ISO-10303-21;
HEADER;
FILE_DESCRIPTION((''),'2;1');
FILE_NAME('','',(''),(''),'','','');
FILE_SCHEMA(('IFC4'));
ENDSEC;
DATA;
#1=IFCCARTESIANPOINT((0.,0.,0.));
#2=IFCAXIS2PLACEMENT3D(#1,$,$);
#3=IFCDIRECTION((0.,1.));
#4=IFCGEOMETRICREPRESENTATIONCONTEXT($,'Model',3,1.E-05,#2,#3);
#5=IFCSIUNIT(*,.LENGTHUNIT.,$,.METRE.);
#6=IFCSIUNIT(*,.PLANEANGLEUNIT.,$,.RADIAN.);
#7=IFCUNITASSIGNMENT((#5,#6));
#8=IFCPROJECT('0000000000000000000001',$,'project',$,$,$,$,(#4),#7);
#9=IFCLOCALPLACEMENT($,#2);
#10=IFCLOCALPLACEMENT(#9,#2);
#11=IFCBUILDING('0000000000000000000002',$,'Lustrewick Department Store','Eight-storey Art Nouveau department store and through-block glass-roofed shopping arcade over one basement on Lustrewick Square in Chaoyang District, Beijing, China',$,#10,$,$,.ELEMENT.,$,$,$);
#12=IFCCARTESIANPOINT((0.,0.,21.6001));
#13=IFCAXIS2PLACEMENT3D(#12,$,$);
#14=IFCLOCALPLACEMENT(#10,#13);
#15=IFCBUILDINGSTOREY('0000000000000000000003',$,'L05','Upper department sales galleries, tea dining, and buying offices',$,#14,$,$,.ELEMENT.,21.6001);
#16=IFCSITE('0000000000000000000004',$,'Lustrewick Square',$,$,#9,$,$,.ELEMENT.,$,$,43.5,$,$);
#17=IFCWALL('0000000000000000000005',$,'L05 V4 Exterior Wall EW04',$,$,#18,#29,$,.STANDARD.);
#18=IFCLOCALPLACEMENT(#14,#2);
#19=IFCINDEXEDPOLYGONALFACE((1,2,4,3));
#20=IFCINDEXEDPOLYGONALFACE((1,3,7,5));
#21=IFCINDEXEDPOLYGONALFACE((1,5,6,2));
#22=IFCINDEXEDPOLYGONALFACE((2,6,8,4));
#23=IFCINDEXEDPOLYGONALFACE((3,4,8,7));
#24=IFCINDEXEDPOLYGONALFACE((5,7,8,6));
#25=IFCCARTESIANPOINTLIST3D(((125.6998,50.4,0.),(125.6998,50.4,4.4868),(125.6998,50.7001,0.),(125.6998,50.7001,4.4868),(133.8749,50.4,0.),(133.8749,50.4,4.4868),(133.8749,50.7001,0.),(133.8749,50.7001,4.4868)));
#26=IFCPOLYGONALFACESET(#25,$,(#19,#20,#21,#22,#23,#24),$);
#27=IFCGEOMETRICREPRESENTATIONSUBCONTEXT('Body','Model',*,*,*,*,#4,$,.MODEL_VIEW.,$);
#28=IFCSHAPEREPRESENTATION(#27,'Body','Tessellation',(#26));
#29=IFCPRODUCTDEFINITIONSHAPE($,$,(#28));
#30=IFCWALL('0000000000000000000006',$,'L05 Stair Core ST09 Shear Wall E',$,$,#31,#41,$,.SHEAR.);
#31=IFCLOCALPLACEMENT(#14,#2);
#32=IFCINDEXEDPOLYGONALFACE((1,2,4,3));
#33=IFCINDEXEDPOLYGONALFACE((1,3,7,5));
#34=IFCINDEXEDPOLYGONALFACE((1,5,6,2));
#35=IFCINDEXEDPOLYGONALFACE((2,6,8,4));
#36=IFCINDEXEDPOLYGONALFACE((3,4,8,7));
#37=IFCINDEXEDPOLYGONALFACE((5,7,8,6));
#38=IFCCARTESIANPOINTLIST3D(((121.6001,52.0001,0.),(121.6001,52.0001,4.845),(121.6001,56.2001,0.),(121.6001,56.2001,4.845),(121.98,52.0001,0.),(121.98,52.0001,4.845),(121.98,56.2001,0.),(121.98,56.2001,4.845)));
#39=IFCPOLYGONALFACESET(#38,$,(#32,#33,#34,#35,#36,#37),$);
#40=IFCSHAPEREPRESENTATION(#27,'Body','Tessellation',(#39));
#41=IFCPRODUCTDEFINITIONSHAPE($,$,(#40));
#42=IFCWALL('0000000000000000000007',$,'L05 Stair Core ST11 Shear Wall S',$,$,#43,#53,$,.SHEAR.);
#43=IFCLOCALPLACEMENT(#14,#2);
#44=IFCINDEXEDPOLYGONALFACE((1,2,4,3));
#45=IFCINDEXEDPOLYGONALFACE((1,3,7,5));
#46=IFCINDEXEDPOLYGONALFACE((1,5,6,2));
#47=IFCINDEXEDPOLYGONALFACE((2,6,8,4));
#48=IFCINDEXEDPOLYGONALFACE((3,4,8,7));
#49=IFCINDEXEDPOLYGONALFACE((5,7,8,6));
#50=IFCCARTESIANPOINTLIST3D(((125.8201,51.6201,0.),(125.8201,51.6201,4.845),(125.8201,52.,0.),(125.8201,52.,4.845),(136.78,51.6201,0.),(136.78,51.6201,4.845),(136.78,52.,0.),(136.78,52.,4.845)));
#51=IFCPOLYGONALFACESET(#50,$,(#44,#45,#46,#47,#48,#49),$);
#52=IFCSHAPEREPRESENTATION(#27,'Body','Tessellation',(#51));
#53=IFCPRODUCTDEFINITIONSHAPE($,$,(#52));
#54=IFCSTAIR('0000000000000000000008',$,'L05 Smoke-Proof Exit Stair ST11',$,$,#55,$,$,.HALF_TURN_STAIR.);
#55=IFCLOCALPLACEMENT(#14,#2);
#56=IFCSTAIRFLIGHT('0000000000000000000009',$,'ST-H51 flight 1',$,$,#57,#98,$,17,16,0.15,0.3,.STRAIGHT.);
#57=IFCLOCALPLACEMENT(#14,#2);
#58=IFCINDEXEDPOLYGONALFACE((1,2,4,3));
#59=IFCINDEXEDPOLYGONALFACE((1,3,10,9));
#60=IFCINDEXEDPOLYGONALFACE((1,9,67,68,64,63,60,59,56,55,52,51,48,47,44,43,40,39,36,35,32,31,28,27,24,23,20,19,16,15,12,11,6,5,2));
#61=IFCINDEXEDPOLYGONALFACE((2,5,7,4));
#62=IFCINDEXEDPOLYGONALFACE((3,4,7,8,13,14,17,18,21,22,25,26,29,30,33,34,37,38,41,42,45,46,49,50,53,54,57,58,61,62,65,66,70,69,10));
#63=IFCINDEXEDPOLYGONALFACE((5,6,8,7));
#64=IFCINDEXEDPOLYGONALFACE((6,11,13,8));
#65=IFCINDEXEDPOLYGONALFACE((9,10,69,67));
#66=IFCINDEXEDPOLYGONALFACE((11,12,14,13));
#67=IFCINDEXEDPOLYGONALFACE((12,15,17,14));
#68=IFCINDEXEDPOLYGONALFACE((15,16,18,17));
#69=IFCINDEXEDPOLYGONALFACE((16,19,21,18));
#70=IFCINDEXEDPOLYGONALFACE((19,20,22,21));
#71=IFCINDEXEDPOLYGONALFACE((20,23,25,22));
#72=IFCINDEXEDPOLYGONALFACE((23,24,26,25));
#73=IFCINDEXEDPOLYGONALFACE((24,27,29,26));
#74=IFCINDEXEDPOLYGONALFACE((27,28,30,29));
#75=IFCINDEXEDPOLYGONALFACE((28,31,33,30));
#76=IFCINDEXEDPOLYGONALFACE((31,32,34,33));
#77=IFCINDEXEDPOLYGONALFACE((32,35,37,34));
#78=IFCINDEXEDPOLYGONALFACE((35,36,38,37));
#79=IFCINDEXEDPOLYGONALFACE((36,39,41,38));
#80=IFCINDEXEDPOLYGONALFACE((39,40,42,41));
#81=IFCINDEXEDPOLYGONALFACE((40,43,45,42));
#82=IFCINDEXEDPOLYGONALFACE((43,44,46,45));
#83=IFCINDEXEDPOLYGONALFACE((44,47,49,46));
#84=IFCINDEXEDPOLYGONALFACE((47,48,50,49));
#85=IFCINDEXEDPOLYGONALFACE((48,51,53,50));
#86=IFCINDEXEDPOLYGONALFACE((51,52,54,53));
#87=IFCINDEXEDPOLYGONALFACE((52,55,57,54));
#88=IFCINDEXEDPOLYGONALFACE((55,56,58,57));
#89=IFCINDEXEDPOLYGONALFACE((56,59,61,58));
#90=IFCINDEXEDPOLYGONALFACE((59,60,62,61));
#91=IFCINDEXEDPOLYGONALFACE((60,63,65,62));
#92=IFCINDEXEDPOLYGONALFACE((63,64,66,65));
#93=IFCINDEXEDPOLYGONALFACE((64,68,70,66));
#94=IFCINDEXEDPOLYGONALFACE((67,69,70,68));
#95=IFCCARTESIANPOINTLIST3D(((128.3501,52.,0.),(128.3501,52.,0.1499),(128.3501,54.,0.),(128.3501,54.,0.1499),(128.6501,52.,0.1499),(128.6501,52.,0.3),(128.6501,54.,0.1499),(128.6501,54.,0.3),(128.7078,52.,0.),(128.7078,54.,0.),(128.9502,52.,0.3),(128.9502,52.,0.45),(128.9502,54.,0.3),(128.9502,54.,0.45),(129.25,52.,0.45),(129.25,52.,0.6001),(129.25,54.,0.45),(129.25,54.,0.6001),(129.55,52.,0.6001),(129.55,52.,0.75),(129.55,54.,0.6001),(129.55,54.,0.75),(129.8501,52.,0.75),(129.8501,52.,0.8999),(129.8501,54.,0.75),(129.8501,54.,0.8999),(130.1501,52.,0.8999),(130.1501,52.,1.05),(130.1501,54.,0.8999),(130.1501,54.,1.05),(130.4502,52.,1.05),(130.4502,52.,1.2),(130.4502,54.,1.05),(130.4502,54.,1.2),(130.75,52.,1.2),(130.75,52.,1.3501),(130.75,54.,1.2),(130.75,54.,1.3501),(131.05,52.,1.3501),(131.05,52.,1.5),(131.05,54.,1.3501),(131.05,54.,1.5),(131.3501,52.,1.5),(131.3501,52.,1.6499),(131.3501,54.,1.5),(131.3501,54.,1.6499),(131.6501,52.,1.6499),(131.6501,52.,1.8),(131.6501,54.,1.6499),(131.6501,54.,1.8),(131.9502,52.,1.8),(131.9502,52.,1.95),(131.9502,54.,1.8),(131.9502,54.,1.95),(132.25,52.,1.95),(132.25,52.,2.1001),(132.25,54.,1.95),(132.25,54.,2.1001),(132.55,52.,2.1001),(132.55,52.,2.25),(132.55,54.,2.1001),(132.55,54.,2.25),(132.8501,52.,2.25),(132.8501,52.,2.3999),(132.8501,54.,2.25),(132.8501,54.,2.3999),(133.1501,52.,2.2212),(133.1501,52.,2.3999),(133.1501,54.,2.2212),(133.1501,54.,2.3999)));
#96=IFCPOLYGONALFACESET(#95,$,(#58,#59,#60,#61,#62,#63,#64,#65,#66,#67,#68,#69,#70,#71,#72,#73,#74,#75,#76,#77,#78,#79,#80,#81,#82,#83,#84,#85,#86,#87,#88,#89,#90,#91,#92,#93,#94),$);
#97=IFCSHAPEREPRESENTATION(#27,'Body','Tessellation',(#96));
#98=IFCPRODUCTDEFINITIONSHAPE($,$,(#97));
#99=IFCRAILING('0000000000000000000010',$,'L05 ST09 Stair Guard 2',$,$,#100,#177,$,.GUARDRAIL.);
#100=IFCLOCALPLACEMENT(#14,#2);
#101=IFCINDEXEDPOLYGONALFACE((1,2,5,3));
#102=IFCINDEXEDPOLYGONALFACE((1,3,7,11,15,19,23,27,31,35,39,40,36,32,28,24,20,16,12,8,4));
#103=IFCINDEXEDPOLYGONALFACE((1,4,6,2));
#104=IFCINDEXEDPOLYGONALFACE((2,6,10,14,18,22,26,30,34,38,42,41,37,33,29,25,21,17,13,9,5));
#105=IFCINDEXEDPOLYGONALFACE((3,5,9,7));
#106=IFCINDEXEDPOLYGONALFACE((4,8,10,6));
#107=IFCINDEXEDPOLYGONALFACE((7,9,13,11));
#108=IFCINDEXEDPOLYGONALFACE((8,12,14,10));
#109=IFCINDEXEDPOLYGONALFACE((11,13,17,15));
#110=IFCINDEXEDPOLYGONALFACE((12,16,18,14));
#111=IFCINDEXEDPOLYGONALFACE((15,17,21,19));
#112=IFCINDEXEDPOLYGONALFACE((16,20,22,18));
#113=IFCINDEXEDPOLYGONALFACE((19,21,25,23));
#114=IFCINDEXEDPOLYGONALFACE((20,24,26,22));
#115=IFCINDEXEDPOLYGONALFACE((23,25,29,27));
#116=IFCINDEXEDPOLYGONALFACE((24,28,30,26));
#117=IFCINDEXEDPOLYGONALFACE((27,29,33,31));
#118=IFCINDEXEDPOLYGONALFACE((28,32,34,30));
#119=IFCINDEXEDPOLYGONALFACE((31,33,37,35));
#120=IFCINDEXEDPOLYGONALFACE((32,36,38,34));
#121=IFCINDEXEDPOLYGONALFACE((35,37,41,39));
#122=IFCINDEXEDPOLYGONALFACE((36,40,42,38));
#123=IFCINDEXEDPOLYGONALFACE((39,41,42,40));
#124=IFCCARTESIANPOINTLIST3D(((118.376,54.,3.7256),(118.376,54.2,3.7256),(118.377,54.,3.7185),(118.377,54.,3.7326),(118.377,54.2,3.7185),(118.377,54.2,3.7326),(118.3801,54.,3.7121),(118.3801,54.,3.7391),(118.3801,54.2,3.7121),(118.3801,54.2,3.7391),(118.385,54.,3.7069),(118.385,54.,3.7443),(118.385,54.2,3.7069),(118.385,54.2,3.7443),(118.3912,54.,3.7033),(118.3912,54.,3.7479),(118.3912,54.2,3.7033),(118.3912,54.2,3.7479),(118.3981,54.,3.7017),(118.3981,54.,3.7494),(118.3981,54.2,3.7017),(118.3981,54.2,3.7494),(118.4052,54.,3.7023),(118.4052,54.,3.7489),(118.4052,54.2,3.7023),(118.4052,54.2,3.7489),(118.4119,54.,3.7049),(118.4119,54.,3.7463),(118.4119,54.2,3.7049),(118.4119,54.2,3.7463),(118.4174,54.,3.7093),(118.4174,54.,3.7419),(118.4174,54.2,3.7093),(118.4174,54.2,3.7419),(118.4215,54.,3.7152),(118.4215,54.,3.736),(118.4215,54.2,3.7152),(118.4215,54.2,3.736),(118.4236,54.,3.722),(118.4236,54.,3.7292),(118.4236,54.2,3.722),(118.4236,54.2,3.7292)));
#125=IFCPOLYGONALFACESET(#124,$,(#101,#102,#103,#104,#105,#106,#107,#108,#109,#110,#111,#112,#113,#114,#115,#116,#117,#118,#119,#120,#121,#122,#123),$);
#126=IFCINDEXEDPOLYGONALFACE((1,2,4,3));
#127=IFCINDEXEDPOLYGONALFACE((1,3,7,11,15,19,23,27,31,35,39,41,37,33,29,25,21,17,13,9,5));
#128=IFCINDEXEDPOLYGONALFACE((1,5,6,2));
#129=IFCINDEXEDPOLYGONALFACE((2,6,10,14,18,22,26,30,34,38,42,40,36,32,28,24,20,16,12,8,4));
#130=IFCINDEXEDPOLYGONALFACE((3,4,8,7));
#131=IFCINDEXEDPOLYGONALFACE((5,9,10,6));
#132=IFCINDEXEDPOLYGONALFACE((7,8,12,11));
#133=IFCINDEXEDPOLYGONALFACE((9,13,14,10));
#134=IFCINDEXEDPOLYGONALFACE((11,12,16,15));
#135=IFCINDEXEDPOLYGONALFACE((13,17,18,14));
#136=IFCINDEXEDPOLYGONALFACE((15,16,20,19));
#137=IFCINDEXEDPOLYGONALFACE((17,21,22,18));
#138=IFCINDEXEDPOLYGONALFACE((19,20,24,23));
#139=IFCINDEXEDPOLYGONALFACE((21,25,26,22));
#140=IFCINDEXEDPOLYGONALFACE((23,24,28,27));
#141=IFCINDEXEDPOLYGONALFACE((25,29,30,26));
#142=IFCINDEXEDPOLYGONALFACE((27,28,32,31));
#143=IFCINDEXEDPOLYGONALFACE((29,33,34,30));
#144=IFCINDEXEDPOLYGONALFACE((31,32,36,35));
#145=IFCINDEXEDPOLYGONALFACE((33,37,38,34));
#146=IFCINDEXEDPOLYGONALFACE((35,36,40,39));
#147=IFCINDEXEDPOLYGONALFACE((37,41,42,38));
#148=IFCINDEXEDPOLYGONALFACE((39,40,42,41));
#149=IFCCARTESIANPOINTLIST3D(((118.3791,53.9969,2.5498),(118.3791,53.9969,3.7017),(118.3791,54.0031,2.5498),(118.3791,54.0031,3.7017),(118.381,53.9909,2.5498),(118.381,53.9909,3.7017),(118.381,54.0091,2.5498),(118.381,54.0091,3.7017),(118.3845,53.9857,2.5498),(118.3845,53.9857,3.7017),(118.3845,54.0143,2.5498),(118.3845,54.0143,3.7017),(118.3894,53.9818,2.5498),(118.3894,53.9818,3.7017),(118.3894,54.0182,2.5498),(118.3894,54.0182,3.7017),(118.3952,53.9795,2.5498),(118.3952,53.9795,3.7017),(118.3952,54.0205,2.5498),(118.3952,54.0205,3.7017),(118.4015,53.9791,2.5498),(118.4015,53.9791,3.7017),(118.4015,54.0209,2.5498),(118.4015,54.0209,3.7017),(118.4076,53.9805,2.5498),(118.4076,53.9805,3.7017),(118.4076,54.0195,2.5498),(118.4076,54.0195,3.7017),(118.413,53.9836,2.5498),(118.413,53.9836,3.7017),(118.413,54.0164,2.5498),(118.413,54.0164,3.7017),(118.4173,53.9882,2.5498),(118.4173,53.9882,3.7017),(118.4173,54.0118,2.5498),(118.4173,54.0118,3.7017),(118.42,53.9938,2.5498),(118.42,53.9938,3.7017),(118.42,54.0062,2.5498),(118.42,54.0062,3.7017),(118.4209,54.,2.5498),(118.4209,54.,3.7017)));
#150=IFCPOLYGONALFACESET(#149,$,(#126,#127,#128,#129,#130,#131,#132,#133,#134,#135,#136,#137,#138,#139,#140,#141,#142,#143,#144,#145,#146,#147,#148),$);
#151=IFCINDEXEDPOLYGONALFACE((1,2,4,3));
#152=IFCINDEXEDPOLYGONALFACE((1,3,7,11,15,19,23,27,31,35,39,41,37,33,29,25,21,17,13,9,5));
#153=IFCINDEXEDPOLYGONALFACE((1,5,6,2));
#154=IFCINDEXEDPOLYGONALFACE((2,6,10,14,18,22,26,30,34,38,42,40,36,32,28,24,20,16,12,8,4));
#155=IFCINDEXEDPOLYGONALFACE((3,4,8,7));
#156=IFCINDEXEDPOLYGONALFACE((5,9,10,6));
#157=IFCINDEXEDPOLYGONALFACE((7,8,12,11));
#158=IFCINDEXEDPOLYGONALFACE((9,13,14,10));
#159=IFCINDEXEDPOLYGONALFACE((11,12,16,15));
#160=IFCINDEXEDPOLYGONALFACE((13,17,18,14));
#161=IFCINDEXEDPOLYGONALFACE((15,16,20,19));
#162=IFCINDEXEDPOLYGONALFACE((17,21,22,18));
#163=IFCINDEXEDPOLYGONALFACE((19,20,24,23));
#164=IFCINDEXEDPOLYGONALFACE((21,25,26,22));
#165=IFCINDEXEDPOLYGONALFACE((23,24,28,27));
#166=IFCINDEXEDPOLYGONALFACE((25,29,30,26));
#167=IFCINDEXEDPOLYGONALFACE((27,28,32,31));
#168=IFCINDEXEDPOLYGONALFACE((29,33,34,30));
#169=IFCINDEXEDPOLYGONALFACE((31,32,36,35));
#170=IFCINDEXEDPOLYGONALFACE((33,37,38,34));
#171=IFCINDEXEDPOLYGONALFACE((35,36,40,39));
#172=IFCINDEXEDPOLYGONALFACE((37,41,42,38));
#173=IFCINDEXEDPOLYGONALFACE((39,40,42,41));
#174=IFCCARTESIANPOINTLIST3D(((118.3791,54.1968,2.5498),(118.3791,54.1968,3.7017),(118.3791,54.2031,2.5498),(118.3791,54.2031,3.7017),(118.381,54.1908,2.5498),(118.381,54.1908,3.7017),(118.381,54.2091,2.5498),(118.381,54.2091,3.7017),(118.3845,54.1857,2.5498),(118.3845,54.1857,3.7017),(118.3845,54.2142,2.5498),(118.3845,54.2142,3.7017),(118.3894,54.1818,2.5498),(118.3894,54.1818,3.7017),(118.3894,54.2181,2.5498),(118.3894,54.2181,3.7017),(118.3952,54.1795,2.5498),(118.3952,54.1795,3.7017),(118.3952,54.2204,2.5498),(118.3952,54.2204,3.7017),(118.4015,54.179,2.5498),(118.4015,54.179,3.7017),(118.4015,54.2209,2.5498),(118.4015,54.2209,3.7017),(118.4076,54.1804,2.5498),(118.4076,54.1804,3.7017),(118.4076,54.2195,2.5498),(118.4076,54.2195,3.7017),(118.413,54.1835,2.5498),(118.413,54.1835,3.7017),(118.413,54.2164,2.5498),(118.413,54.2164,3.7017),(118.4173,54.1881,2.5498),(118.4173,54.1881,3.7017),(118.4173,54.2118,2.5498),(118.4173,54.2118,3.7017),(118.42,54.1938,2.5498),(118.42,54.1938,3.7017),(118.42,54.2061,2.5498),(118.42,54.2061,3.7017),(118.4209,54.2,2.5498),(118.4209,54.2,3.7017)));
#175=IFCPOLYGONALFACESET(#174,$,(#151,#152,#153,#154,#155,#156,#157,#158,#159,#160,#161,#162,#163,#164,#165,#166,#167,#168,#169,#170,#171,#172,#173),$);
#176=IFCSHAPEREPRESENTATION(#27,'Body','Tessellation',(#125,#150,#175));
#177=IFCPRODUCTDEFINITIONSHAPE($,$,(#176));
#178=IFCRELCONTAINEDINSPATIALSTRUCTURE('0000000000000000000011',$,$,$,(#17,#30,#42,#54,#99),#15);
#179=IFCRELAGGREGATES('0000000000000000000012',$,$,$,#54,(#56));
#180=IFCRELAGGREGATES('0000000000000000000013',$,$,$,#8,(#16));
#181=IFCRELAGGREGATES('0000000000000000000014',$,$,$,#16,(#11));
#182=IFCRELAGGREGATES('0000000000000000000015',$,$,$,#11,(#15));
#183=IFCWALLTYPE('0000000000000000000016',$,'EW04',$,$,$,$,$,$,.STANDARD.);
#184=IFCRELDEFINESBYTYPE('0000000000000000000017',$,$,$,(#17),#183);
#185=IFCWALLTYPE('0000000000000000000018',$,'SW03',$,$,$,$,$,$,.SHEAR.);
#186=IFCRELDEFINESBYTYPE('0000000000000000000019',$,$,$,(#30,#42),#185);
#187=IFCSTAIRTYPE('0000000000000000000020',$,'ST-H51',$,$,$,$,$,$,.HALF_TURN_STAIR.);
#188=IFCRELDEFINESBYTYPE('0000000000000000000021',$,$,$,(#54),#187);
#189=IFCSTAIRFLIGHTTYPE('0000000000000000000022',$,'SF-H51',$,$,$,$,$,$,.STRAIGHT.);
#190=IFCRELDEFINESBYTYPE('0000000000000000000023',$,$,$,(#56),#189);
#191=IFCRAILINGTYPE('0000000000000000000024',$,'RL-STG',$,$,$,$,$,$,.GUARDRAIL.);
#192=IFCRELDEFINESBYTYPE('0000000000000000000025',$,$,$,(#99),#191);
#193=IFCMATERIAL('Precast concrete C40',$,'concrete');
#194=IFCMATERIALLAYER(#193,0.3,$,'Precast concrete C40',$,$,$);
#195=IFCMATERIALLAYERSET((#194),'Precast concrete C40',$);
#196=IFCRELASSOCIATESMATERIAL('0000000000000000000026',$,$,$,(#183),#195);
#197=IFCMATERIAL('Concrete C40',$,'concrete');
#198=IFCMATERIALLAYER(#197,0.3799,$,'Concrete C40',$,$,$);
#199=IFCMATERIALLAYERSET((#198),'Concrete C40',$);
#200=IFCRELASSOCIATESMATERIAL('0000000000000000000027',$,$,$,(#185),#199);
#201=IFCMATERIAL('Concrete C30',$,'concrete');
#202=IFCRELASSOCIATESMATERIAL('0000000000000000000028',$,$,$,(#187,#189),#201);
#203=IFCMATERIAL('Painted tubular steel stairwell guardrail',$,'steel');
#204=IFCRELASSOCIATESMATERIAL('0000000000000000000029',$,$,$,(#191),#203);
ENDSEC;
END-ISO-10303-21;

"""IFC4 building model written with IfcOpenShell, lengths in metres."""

from ifc_helpers import new_model, si_unit, direction, frame, frame_2d, origin, origin_2d, place, context, subcontext, project, spatial, polyline, rectangle, circle, outline, extrude, material, layer, layer_set, type_object, element, aggregate, save


model = new_model("IFC4")

# Units and contexts
model_context = context("Model", 3, precision=1e-05, world=origin(), true_north=direction((0.0, 1.0)))
body_context = subcontext(model_context, "Body", "Model", "MODEL_VIEW")
ifc_project = project(units=[si_unit("LENGTHUNIT", "METRE"), si_unit("PLANEANGLEUNIT", "RADIAN")], contexts=[model_context])

# Site, building, storey
site_placement = place(None, origin())
site = spatial("IfcSite", under=ifc_project, at=site_placement, Name="Lustrewick Square", CompositionType="ELEMENT", RefElevation=43.5)
building_placement = place(site_placement, origin())
building = spatial("IfcBuilding", under=site, at=building_placement, Name="Lustrewick Department Store", Description="Eight-storey Art Nouveau department store and through-block glass-roofed shopping arcade over one basement on Lustrewick Square in Chaoyang District, Beijing, China", CompositionType="ELEMENT")
storey_placement = place(building_placement, frame((0.0, 0.0, 21.6001)))
storey = spatial("IfcBuildingStorey", under=building, at=storey_placement, Name="L05", Description="Upper department sales galleries, tea dining, and buying offices", CompositionType="ELEMENT", Elevation=21.6001)

# Shared definitions
ifc_material_1 = material(Name="Precast concrete C40", Category="concrete")

# Walls
ifc_layer_1 = layer(ifc_material_1, 0.3, Name="Precast concrete C40")
ifc_layer_set_1 = layer_set([ifc_layer_1], Name="Precast concrete C40")
wall_type_1 = type_object("IfcWallType", Name="EW04", PredefinedType="STANDARD", material=ifc_layer_set_1)
wall_1_placement = place(storey_placement, frame((125.7, 50.55, 0.0), z_axis=(0.0, 0.0, 1.0), x_axis=(1.0, 0.0, 0.0)))
element("IfcWall", 1, at=wall_1_placement, inside=storey, type_object=wall_type_1, Name="L05 V4 Exterior Wall EW04", PredefinedType="STANDARD", context=body_context, shape_type="SweptSolid", body=[
    extrude(rectangle(XDim=8.175, YDim=0.3, at=frame_2d((4.0874, 0.0))), origin(), (0.0, 0.0, 1.0), 4.4868),
])
ifc_material_2 = material(Name="Concrete C40", Category="concrete")
ifc_layer_2 = layer(ifc_material_2, 0.3799, Name="Concrete C40")
ifc_layer_set_2 = layer_set([ifc_layer_2], Name="Concrete C40")
wall_type_2 = type_object("IfcWallType", Name="SW03", PredefinedType="SHEAR", material=ifc_layer_set_2)
wall_2_placement = place(storey_placement, frame((121.79, 52.0, 0.0), z_axis=(0.0, 0.0, 1.0), x_axis=(0.0, 1.0, 0.0)))
element("IfcWall", 2, at=wall_2_placement, inside=storey, type_object=wall_type_2, Name="L05 Stair Core ST09 Shear Wall E", PredefinedType="SHEAR", context=body_context, shape_type="SweptSolid", body=[
    extrude(rectangle(XDim=4.2, YDim=0.3799, at=frame_2d((2.1001, 0.0))), origin(), (0.0, 0.0, 1.0), 4.845),
])
wall_3_placement = place(storey_placement, frame((125.8201, 51.8101, 0.0), z_axis=(0.0, 0.0, 1.0), x_axis=(1.0, 0.0, 0.0)))
element("IfcWall", 3, at=wall_3_placement, inside=storey, type_object=wall_type_2, Name="L05 Stair Core ST11 Shear Wall S", PredefinedType="SHEAR", context=body_context, shape_type="SweptSolid", body=[
    extrude(rectangle(XDim=10.96, YDim=0.3799, at=frame_2d((5.48, 0.0))), origin(), (0.0, 0.0, 1.0), 4.845),
])

# Stair, stair flight
ifc_material_3 = material(Name="Concrete C30", Category="concrete")
stair_type = type_object("IfcStairType", Name="ST-H51", PredefinedType="HALF_TURN_STAIR", material=ifc_material_3)
stair_placement = place(storey_placement, origin())
stair = element("IfcStair", 4, at=stair_placement, inside=storey, type_object=stair_type, Name="L05 Smoke-Proof Exit Stair ST11", PredefinedType="HALF_TURN_STAIR")
stair_flight_type = type_object("IfcStairFlightType", Name="SF-H51", PredefinedType="STRAIGHT", material=ifc_material_3)
stair_flight_placement = place(storey_placement, frame((128.3501, 53.0, 0.0), z_axis=(0.0, 0.0, 1.0), x_axis=(1.0, 0.0, 0.0)))
stair_flight = element("IfcStairFlight", 5, at=stair_flight_placement, type_object=stair_flight_type, Name="ST-H51 flight 1", NumberOfRisers=17, NumberOfTreads=16, PredefinedType="STRAIGHT", RiserHeight=0.15, TreadLength=0.3, context=body_context, shape_type="SweptSolid", body=[
    extrude(outline(polyline([(0.0, 0.0), (0.0, 0.1499), (0.3, 0.1499), (0.3, 0.3), (0.6001, 0.3), (0.6001, 0.45), (0.8999, 0.45), (0.8999, 0.6001), (1.2, 0.6001), (1.2, 0.75), (1.5, 0.75), (1.5, 0.8999), (1.8, 0.8999), (1.8, 1.05), (2.1001, 1.05), (2.1001, 1.2), (2.3999, 1.2), (2.3999, 1.3501), (2.7, 1.3501), (2.7, 1.5), (3.0, 1.5), (3.0, 1.6499), (3.3, 1.6499), (3.3, 1.8), (3.6001, 1.8), (3.6001, 1.95), (3.8999, 1.95), (3.8999, 2.1001), (4.2, 2.1001), (4.2, 2.25), (4.5, 2.25), (4.5, 2.3999), (4.8, 2.3999), (4.8, 2.55), (4.8, 2.2212), (0.3577, 0.0), (0.0, 0.0)])), frame((0.0, 1.0, 0.0), z_axis=(0.0, -1.0, 0.0), x_axis=(1.0, 0.0, 0.0)), (0.0, 0.0, 1.0), 2.0),
])
aggregate(stair, [stair_flight])

# Railing
ifc_material_4 = material(Name="Painted tubular steel stairwell guardrail", Category="steel")
railing_type_1 = type_object("IfcRailingType", Name="RL-STG", PredefinedType="GUARDRAIL", material=ifc_material_4)
railing_1_placement = place(storey_placement, frame((118.3999, 54.0, 2.5498)))
element("IfcRailing", 6, at=railing_1_placement, inside=storey, type_object=railing_type_1, Name="L05 ST09 Stair Guard 2", PredefinedType="GUARDRAIL", context=body_context, shape_type="SweptSolid", body=[
    extrude(circle(Radius=0.0239, at=origin_2d()), frame((0.0, 0.0, 1.1758), z_axis=(0.0, 1.0, 0.0), x_axis=(-1.0, 0.0, 0.0)), (0.0, 0.0, 1.0), 0.2),
    extrude(circle(Radius=0.021, at=origin_2d()), origin(), (0.0, 0.0, 1.0), 1.1519),
    extrude(circle(Radius=0.021, at=origin_2d()), frame((0.0, 0.2, 0.0)), (0.0, 0.0, 1.0), 1.1519),
])

save(model, "model.ifc")
